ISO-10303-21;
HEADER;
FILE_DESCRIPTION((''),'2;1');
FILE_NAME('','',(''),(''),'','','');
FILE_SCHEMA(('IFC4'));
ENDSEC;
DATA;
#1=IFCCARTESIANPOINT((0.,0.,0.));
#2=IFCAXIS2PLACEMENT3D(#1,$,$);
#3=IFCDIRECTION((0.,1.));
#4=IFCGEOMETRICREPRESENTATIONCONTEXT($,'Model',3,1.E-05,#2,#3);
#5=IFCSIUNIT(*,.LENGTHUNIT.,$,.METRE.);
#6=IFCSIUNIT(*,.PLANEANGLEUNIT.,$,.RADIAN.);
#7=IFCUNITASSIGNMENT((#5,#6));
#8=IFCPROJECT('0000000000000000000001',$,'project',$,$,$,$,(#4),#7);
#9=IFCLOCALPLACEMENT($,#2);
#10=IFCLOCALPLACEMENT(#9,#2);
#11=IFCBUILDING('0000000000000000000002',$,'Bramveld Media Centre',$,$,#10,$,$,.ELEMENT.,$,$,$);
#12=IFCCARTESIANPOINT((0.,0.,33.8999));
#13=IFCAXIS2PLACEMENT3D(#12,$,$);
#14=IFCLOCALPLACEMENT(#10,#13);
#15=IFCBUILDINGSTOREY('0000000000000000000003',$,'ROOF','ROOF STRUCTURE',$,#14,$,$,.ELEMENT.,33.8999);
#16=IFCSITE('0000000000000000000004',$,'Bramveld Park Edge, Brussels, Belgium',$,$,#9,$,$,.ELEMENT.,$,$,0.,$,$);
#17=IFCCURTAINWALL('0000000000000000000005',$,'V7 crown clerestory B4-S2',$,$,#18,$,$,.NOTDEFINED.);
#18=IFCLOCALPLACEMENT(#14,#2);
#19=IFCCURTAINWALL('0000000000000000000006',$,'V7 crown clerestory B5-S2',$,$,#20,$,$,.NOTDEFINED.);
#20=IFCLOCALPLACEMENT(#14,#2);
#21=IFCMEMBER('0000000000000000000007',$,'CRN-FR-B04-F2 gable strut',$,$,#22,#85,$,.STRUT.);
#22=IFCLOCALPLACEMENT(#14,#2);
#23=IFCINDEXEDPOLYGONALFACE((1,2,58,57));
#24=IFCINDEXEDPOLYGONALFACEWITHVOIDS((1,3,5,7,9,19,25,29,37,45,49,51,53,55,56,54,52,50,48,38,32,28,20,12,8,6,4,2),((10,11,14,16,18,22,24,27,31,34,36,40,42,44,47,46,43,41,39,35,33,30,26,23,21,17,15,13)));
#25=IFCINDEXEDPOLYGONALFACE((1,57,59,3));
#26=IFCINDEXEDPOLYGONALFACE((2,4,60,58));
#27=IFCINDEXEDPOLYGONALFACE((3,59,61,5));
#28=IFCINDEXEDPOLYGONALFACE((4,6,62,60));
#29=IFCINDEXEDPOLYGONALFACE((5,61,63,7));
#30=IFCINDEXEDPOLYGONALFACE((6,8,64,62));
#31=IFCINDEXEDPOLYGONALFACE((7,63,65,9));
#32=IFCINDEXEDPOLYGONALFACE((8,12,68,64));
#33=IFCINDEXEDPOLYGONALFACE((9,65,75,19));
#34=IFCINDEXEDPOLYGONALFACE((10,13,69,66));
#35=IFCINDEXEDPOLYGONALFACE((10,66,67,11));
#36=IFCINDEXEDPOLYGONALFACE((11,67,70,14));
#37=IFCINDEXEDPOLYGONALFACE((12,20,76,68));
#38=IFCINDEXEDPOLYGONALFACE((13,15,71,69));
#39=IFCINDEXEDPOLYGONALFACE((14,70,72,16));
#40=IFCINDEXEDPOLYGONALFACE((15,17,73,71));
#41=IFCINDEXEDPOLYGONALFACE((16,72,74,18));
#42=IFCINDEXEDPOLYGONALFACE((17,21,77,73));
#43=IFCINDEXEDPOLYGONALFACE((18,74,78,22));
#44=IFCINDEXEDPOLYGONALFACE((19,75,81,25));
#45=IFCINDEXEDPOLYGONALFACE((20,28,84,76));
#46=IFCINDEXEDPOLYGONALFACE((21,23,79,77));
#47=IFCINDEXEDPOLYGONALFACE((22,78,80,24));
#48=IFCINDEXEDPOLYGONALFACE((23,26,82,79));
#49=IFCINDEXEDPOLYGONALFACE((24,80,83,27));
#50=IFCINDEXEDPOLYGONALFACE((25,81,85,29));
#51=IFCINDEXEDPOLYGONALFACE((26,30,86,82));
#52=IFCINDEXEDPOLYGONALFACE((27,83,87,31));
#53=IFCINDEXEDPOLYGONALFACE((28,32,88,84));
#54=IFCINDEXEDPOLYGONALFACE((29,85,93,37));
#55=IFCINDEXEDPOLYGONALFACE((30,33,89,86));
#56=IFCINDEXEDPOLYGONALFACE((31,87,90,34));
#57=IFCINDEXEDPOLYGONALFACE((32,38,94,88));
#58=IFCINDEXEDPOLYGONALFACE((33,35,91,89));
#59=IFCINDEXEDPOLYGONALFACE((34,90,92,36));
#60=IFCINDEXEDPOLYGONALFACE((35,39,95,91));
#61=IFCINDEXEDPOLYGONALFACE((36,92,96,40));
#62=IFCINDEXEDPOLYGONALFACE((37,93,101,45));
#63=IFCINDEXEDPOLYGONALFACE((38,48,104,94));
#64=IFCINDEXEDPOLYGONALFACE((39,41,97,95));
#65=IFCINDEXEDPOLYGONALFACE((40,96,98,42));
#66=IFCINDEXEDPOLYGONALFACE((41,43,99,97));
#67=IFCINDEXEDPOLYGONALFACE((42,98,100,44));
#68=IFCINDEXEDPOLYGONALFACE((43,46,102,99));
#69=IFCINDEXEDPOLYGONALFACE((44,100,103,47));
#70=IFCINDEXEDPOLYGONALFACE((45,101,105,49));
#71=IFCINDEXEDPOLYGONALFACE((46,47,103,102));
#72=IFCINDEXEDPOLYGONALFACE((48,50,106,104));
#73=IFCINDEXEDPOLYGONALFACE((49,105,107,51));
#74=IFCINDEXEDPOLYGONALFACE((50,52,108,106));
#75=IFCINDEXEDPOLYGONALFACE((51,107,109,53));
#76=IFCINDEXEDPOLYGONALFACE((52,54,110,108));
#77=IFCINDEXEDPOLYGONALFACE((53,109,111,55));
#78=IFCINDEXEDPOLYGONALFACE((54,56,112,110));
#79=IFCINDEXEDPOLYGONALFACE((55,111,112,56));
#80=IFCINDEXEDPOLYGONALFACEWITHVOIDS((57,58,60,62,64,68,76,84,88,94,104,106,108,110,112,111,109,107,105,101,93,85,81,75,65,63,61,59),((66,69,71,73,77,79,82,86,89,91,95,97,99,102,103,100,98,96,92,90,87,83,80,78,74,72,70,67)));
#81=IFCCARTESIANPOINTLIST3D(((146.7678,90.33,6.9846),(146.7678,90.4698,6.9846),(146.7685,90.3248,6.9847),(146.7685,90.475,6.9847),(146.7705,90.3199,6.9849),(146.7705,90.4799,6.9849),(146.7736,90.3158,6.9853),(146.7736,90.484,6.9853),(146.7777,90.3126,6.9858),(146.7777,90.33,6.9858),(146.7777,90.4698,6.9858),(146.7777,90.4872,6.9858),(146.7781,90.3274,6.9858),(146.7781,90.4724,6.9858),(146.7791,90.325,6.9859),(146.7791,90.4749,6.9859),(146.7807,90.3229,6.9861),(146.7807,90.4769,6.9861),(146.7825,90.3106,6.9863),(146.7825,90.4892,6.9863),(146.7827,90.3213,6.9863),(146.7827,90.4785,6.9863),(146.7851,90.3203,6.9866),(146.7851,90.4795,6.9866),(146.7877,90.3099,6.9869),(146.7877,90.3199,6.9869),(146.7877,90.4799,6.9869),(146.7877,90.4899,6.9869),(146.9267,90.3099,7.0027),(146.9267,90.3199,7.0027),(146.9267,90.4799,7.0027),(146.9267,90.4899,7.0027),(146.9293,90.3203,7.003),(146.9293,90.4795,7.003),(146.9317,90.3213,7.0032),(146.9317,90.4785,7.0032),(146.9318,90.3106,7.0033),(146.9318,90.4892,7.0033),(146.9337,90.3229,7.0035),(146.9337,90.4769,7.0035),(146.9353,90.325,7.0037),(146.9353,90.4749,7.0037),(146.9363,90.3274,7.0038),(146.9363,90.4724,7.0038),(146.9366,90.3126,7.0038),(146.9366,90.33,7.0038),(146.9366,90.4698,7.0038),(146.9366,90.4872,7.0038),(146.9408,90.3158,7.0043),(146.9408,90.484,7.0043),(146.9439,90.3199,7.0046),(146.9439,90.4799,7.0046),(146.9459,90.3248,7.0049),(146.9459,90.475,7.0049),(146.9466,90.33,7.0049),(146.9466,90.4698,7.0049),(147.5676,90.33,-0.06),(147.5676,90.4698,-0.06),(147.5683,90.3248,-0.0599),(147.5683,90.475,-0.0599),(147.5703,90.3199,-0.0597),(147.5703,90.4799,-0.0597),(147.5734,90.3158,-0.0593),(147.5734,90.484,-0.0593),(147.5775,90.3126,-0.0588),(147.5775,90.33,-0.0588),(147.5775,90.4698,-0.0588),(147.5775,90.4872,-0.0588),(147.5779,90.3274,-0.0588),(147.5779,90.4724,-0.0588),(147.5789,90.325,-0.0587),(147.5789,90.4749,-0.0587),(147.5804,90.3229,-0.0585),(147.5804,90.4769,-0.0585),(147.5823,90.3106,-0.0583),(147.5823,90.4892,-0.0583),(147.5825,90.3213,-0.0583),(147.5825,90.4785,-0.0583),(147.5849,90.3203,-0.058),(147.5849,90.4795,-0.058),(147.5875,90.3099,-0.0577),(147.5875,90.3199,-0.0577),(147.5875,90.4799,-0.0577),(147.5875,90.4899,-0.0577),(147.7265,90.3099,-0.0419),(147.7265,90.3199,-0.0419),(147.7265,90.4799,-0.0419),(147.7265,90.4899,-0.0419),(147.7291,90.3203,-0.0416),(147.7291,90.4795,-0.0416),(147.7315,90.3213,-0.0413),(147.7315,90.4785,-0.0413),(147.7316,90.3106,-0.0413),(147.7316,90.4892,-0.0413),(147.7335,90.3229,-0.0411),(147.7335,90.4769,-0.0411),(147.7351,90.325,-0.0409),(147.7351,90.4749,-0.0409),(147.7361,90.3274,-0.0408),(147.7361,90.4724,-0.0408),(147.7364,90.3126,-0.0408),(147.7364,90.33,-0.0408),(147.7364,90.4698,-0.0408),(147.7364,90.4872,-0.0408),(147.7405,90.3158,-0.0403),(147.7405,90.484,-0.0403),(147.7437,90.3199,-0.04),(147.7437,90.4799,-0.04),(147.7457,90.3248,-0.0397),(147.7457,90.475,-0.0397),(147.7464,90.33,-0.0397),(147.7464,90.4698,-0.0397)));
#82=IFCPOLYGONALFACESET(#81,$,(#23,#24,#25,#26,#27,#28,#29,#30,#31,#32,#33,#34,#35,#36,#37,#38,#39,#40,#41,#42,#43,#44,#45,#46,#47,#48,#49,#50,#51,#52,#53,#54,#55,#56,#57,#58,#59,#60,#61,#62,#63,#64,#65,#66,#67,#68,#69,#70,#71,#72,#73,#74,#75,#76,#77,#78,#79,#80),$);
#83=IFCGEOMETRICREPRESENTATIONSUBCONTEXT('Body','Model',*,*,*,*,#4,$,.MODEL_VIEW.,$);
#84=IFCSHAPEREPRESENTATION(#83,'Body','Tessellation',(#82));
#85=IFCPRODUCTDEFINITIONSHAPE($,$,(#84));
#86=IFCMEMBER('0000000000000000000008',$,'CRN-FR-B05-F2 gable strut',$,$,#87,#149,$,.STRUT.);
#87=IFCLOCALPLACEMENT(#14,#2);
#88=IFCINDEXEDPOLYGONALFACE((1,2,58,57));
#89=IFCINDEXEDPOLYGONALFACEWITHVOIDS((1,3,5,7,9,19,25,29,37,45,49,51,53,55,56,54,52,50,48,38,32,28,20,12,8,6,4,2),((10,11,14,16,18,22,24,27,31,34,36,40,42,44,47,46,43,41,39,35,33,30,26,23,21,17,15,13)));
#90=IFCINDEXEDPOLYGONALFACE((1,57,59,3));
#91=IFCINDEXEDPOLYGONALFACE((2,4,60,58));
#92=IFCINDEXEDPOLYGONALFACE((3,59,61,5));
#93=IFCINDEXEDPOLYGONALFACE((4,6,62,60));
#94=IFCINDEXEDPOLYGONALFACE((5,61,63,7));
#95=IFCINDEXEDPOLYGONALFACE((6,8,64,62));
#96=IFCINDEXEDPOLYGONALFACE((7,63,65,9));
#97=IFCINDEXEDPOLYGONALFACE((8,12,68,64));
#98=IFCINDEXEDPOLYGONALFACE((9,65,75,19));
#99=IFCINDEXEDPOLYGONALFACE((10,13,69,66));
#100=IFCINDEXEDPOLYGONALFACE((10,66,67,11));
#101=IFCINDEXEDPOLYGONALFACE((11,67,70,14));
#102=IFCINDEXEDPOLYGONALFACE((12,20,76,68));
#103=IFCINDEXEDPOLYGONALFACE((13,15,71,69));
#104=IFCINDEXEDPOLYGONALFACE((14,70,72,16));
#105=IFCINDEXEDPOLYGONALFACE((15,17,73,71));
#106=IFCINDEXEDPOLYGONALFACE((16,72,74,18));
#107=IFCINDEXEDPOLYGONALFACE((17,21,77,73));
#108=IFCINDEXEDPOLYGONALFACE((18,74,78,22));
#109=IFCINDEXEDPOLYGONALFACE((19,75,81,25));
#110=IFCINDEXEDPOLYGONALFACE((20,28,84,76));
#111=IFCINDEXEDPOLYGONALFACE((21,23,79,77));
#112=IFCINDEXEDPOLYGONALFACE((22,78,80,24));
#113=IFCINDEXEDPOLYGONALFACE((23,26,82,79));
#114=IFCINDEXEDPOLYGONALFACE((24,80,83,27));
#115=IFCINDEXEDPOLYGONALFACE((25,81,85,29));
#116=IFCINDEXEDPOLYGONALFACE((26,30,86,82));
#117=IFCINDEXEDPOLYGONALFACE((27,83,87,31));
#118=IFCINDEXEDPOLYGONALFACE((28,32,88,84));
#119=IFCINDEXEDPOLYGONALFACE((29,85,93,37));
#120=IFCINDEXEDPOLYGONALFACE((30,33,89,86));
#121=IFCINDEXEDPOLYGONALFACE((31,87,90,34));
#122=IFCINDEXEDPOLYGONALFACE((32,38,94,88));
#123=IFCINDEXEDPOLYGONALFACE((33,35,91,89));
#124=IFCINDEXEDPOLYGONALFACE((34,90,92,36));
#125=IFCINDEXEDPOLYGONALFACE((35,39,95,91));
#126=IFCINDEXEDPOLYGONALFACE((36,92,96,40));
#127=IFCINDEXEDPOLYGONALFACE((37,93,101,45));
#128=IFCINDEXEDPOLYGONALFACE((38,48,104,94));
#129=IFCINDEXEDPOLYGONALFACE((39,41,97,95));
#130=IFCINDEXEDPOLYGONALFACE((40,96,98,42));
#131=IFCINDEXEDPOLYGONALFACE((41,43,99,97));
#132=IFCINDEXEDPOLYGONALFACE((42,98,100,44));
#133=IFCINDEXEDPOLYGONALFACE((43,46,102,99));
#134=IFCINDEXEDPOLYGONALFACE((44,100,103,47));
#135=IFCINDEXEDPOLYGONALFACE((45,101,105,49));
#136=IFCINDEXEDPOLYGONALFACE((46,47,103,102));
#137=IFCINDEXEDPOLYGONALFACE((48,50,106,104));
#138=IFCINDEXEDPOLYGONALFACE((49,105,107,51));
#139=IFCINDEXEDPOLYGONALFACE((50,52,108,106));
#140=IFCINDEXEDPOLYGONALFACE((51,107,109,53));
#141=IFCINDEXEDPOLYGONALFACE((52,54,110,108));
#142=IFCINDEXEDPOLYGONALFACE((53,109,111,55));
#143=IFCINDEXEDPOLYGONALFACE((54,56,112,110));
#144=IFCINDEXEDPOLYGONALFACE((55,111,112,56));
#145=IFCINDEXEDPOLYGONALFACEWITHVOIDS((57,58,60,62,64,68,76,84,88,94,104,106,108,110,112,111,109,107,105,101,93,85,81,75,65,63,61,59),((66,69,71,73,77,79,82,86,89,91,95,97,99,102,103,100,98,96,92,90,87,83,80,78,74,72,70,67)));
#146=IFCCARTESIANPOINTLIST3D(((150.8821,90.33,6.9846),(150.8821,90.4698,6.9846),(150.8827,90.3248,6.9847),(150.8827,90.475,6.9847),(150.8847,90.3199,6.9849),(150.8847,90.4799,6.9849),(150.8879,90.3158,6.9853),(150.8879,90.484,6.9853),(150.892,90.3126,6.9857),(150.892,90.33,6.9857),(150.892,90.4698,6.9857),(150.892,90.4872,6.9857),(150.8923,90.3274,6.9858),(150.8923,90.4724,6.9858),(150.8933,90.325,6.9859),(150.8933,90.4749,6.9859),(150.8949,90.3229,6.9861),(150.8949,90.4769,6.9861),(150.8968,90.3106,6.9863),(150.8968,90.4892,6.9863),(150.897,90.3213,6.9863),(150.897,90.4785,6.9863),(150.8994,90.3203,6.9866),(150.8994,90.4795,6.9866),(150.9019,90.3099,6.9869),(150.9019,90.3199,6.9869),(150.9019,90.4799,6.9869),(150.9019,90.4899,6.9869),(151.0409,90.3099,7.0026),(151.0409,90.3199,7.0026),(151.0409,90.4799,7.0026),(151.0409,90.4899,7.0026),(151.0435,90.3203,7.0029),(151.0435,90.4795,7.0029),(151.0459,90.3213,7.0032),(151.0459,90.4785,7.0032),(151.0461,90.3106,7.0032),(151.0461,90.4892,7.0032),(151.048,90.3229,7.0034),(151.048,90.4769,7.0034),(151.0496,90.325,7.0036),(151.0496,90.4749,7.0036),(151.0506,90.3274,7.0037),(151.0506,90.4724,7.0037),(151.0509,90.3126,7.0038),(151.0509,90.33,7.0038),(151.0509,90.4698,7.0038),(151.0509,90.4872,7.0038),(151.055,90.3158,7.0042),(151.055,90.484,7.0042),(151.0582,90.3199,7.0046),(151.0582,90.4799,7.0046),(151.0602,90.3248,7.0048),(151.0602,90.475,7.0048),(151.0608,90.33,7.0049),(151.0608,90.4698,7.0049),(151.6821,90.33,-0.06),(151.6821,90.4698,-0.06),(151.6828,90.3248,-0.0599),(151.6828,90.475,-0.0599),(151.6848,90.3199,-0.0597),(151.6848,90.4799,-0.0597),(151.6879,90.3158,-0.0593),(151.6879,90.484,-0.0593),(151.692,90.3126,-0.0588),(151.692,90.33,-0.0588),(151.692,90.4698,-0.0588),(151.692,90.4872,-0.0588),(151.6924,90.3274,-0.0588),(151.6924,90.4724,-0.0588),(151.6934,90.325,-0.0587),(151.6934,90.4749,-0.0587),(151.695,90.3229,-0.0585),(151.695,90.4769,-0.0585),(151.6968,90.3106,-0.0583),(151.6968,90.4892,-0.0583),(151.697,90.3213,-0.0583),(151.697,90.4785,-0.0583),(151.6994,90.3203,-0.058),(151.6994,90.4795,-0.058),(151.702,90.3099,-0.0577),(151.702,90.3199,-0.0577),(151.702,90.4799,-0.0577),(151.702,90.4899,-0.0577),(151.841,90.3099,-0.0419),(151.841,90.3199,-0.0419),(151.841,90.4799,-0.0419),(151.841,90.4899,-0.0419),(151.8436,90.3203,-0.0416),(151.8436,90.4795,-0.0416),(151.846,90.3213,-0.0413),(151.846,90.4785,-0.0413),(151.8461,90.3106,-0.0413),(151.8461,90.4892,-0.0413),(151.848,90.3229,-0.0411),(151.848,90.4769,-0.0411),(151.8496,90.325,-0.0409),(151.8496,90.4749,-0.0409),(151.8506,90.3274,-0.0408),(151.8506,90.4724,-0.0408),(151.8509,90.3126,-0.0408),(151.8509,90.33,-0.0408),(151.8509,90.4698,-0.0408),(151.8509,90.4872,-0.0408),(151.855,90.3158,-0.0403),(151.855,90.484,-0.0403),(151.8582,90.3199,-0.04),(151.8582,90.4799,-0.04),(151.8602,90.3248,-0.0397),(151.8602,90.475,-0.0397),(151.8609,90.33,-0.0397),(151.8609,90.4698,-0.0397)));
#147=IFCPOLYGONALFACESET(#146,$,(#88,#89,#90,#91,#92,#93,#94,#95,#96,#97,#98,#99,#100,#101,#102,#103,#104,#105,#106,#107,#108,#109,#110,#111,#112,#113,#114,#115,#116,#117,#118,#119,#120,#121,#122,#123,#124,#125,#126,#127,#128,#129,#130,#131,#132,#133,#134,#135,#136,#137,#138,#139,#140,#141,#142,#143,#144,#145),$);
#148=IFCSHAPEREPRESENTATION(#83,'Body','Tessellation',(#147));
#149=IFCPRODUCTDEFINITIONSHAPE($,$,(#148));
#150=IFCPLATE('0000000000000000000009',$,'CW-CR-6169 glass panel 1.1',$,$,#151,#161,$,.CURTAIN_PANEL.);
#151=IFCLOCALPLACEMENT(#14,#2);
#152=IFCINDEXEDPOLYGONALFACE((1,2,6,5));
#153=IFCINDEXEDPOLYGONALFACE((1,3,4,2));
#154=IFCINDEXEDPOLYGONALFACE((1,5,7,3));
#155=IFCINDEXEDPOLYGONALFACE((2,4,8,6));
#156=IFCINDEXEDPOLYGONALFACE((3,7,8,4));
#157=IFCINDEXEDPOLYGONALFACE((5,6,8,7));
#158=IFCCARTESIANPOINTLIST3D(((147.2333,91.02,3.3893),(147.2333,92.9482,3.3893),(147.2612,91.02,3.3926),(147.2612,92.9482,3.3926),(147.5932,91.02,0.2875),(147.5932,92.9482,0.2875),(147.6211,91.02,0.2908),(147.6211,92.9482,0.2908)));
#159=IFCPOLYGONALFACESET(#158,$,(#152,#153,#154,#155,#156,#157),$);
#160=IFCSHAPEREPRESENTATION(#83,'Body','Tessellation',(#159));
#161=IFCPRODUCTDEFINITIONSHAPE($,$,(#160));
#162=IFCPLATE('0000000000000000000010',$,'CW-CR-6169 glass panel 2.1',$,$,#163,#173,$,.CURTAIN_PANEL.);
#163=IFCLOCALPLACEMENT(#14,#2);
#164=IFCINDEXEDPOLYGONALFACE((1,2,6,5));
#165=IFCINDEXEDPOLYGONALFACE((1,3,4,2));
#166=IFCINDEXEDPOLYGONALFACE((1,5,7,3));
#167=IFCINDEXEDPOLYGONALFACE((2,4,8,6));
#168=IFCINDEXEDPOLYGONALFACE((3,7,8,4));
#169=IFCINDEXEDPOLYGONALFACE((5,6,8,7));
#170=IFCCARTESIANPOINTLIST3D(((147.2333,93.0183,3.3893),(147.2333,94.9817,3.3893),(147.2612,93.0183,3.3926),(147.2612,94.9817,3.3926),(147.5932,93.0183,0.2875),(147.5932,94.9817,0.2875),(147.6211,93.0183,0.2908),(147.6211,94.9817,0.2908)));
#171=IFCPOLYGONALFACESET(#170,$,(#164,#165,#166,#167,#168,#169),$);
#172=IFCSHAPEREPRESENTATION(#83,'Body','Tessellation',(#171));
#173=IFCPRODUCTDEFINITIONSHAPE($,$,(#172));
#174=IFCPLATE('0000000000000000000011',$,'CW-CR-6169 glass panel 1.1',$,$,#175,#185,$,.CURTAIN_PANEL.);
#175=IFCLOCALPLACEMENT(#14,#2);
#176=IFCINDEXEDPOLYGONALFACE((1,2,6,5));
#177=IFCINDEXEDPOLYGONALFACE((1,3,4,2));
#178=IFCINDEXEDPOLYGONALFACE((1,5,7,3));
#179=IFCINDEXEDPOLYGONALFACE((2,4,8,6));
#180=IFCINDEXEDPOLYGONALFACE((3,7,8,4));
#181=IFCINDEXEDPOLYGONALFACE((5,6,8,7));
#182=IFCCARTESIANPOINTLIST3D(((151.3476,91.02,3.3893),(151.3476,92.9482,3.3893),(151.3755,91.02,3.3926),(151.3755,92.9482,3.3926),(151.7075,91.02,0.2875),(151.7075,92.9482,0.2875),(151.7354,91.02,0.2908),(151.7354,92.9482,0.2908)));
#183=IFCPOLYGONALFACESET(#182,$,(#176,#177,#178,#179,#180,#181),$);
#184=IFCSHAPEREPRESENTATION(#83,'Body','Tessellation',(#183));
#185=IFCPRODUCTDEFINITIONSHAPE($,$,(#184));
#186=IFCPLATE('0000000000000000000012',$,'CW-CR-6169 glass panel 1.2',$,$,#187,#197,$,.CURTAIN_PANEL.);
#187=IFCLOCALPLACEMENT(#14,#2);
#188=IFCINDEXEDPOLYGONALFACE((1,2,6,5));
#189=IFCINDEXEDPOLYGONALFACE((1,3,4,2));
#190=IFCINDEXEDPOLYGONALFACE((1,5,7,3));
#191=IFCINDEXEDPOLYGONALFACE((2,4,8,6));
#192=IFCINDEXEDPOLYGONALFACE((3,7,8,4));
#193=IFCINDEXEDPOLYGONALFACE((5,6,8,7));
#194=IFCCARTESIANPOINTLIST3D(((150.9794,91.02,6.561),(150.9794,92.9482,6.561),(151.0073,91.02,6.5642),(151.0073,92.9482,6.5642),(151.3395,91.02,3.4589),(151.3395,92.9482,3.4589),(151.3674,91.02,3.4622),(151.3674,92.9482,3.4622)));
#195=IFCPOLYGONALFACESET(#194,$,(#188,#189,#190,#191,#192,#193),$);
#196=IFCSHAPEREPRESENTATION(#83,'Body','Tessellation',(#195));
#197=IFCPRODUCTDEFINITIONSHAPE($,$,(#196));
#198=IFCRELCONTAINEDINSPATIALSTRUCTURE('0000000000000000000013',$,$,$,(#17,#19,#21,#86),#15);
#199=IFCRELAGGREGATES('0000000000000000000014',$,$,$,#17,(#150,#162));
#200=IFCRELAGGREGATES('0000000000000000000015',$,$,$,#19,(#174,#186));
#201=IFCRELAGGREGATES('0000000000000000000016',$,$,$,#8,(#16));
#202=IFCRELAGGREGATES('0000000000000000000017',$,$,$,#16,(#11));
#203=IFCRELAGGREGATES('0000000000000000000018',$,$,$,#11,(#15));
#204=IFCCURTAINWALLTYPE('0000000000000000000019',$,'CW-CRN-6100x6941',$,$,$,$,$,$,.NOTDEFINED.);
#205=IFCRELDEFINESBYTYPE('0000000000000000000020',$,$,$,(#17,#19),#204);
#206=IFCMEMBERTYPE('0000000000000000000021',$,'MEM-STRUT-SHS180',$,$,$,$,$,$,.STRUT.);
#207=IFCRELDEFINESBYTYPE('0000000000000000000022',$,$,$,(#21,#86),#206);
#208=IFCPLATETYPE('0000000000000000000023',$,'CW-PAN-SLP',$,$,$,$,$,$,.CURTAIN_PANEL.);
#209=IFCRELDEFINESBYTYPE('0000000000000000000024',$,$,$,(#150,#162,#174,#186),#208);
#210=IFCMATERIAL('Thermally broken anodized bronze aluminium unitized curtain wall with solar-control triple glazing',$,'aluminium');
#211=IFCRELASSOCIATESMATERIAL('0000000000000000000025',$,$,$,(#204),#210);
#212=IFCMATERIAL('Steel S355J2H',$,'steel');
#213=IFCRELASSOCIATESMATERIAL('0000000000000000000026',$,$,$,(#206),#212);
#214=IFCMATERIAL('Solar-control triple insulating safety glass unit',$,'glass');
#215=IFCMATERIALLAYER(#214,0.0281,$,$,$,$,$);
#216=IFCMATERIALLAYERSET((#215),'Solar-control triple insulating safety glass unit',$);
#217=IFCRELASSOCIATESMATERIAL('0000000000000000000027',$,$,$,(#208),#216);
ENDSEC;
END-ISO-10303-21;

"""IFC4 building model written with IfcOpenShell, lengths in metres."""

from ifc_helpers import new_model, si_unit, direction, frame, origin, origin_2d, place, context, subcontext, project, spatial, polyline, hollow_rectangle, outline, extrude, material, layer, layer_set, material_profile, profile_set, type_object, element, aggregate, save


model = new_model("IFC4")

# Units and contexts
model_context = context("Model", 3, precision=1e-05, world=origin(), true_north=direction((0.0, 1.0)))
body_context = subcontext(model_context, "Body", "Model", "MODEL_VIEW")
ifc_project = project(units=[si_unit("LENGTHUNIT", "METRE"), si_unit("PLANEANGLEUNIT", "RADIAN")], contexts=[model_context])

# Site, building, storey
site_placement = place(None, origin())
site = spatial("IfcSite", under=ifc_project, at=site_placement, Name="Bramveld Park Edge, Brussels, Belgium", CompositionType="ELEMENT", RefElevation=0.0)
building_placement = place(site_placement, origin())
building = spatial("IfcBuilding", under=site, at=building_placement, Name="Bramveld Media Centre", CompositionType="ELEMENT")
storey_placement = place(building_placement, frame((0.0, 0.0, 33.8999)))
storey = spatial("IfcBuildingStorey", under=building, at=storey_placement, Name="ROOF", Description="ROOF STRUCTURE", CompositionType="ELEMENT", Elevation=33.8999)

# Shared definitions
ifc_material_1 = material(Name="Thermally broken anodized bronze aluminium unitized curtain wall with solar-control triple glazing", Category="aluminium")
curtain_wall_type = type_object("IfcCurtainWallType", Name="CW-CRN-6100x6941", PredefinedType="NOTDEFINED", material=ifc_material_1)

# Curtain wall
curtain_wall_1_placement = place(storey_placement, origin())
curtain_wall_1 = element("IfcCurtainWall", 1, at=curtain_wall_1_placement, inside=storey, type_object=curtain_wall_type, Name="V7 crown clerestory B4-S2", PredefinedType="NOTDEFINED")

# Curtain wall
curtain_wall_2_placement = place(storey_placement, origin())
curtain_wall_2 = element("IfcCurtainWall", 2, at=curtain_wall_2_placement, inside=storey, type_object=curtain_wall_type, Name="V7 crown clerestory B5-S2", PredefinedType="NOTDEFINED")

# Members
ifc_material_2 = material(Name="Steel S355J2H", Category="steel")
ifc_material_profile_1 = material_profile(ifc_material_2, hollow_rectangle(XDim=0.1799, YDim=0.1799, WallThickness=0.01, InnerFilletRadius=0.01, OuterFilletRadius=0.02, at=origin_2d()), Name="SHS 180x180x10")
ifc_profile_set_1 = profile_set([ifc_material_profile_1], Name="Steel S355J2H")
member_type_1 = type_object("IfcMemberType", Name="MEM-STRUT-SHS180", PredefinedType="STRUT", material=ifc_profile_set_1)
for number, where, z_axis, x_axis, name in (
    (3, (147.657, 90.3999, -0.0498), (-0.112808, 0.0, 0.993617), (0.0, -1.0, 0.0), "CRN-FR-B04-F2 gable strut"),
    (4, (151.7715, 90.3999, -0.0498), (-0.112842, 0.0, 0.993613), (0.0, -1.0, 0.0), "CRN-FR-B05-F2 gable strut"),
):
    element("IfcMember", number, at=place(storey_placement, frame(where, z_axis=z_axis, x_axis=x_axis)), inside=storey, type_object=member_type_1, Name=name, PredefinedType="STRUT", context=body_context, shape_type="SweptSolid", body=[
        extrude(hollow_rectangle(XDim=0.1799, YDim=0.1799, WallThickness=0.01, InnerFilletRadius=0.01, OuterFilletRadius=0.02, at=origin_2d()), origin(), (0.0, 0.0, 1.0), 7.0898),
    ])

# Plates
ifc_material_3 = material(Name="Solar-control triple insulating safety glass unit", Category="glass")
ifc_layer_1 = layer(ifc_material_3, 0.0281)
ifc_layer_set_1 = layer_set([ifc_layer_1], Name="Solar-control triple insulating safety glass unit")
plate_type_1 = type_object("IfcPlateType", Name="CW-PAN-SLP", PredefinedType="CURTAIN_PANEL", material=ifc_layer_set_1)
plate_1_placement = place(storey_placement, frame((147.6211, 91.02, 0.2908), z_axis=(0.993337, 0.0, 0.115244), x_axis=(0.0, 1.0, 0.0)))
plate_1 = element("IfcPlate", 5, at=plate_1_placement, type_object=plate_type_1, Name="CW-CR-6169 glass panel 1.1", PredefinedType="CURTAIN_PANEL", context=body_context, shape_type="SweptSolid", body=[
    extrude(outline(polyline([(0.0, 0.0), (1.9282, 0.0), (1.9282, 3.1226), (0.0, 3.1226), (0.0, 0.0)])), origin(), (0.0, 0.0, -1.0), 0.0281),
])
plate_2_placement = place(storey_placement, frame((147.6211, 93.0183, 0.2908), z_axis=(0.993337, 0.0, 0.115244), x_axis=(0.0, 1.0, 0.0)))
plate_2 = element("IfcPlate", 6, at=plate_2_placement, type_object=plate_type_1, Name="CW-CR-6169 glass panel 2.1", PredefinedType="CURTAIN_PANEL", context=body_context, shape_type="SweptSolid", body=[
    extrude(outline(polyline([(0.0, 0.0), (1.9634, 0.0), (1.9634, 3.1226), (0.0, 3.1226), (0.0, 0.0)])), origin(), (0.0, 0.0, -1.0), 0.0281),
])
aggregate(curtain_wall_1, [plate_1, plate_2])
plate_3_placement = place(storey_placement, frame((151.7354, 91.02, 0.2908), z_axis=(0.993337, 0.0, 0.115244), x_axis=(0.0, 1.0, 0.0)))
plate_3 = element("IfcPlate", 7, at=plate_3_placement, type_object=plate_type_1, Name="CW-CR-6169 glass panel 1.1", PredefinedType="CURTAIN_PANEL", context=body_context, shape_type="SweptSolid", body=[
    extrude(outline(polyline([(0.0, 0.0), (1.9282, 0.0), (1.9282, 3.1226), (0.0, 3.1226), (0.0, 0.0)])), origin(), (0.0, 0.0, -1.0), 0.0281),
])
plate_4_placement = place(storey_placement, frame((151.3674, 91.02, 3.4622), z_axis=(0.993329, 0.0, 0.115313), x_axis=(0.0, 1.0, 0.0)))
plate_4 = element("IfcPlate", 8, at=plate_4_placement, type_object=plate_type_1, Name="CW-CR-6169 glass panel 1.2", PredefinedType="CURTAIN_PANEL", context=body_context, shape_type="SweptSolid", body=[
    extrude(outline(polyline([(0.0, 0.0), (1.9282, 0.0), (1.9282, 3.1229), (0.0, 3.1229), (0.0, 0.0)])), origin(), (0.0, 0.0, -1.0), 0.0281),
])
aggregate(curtain_wall_2, [plate_3, plate_4])

save(model, "model.ifc")
